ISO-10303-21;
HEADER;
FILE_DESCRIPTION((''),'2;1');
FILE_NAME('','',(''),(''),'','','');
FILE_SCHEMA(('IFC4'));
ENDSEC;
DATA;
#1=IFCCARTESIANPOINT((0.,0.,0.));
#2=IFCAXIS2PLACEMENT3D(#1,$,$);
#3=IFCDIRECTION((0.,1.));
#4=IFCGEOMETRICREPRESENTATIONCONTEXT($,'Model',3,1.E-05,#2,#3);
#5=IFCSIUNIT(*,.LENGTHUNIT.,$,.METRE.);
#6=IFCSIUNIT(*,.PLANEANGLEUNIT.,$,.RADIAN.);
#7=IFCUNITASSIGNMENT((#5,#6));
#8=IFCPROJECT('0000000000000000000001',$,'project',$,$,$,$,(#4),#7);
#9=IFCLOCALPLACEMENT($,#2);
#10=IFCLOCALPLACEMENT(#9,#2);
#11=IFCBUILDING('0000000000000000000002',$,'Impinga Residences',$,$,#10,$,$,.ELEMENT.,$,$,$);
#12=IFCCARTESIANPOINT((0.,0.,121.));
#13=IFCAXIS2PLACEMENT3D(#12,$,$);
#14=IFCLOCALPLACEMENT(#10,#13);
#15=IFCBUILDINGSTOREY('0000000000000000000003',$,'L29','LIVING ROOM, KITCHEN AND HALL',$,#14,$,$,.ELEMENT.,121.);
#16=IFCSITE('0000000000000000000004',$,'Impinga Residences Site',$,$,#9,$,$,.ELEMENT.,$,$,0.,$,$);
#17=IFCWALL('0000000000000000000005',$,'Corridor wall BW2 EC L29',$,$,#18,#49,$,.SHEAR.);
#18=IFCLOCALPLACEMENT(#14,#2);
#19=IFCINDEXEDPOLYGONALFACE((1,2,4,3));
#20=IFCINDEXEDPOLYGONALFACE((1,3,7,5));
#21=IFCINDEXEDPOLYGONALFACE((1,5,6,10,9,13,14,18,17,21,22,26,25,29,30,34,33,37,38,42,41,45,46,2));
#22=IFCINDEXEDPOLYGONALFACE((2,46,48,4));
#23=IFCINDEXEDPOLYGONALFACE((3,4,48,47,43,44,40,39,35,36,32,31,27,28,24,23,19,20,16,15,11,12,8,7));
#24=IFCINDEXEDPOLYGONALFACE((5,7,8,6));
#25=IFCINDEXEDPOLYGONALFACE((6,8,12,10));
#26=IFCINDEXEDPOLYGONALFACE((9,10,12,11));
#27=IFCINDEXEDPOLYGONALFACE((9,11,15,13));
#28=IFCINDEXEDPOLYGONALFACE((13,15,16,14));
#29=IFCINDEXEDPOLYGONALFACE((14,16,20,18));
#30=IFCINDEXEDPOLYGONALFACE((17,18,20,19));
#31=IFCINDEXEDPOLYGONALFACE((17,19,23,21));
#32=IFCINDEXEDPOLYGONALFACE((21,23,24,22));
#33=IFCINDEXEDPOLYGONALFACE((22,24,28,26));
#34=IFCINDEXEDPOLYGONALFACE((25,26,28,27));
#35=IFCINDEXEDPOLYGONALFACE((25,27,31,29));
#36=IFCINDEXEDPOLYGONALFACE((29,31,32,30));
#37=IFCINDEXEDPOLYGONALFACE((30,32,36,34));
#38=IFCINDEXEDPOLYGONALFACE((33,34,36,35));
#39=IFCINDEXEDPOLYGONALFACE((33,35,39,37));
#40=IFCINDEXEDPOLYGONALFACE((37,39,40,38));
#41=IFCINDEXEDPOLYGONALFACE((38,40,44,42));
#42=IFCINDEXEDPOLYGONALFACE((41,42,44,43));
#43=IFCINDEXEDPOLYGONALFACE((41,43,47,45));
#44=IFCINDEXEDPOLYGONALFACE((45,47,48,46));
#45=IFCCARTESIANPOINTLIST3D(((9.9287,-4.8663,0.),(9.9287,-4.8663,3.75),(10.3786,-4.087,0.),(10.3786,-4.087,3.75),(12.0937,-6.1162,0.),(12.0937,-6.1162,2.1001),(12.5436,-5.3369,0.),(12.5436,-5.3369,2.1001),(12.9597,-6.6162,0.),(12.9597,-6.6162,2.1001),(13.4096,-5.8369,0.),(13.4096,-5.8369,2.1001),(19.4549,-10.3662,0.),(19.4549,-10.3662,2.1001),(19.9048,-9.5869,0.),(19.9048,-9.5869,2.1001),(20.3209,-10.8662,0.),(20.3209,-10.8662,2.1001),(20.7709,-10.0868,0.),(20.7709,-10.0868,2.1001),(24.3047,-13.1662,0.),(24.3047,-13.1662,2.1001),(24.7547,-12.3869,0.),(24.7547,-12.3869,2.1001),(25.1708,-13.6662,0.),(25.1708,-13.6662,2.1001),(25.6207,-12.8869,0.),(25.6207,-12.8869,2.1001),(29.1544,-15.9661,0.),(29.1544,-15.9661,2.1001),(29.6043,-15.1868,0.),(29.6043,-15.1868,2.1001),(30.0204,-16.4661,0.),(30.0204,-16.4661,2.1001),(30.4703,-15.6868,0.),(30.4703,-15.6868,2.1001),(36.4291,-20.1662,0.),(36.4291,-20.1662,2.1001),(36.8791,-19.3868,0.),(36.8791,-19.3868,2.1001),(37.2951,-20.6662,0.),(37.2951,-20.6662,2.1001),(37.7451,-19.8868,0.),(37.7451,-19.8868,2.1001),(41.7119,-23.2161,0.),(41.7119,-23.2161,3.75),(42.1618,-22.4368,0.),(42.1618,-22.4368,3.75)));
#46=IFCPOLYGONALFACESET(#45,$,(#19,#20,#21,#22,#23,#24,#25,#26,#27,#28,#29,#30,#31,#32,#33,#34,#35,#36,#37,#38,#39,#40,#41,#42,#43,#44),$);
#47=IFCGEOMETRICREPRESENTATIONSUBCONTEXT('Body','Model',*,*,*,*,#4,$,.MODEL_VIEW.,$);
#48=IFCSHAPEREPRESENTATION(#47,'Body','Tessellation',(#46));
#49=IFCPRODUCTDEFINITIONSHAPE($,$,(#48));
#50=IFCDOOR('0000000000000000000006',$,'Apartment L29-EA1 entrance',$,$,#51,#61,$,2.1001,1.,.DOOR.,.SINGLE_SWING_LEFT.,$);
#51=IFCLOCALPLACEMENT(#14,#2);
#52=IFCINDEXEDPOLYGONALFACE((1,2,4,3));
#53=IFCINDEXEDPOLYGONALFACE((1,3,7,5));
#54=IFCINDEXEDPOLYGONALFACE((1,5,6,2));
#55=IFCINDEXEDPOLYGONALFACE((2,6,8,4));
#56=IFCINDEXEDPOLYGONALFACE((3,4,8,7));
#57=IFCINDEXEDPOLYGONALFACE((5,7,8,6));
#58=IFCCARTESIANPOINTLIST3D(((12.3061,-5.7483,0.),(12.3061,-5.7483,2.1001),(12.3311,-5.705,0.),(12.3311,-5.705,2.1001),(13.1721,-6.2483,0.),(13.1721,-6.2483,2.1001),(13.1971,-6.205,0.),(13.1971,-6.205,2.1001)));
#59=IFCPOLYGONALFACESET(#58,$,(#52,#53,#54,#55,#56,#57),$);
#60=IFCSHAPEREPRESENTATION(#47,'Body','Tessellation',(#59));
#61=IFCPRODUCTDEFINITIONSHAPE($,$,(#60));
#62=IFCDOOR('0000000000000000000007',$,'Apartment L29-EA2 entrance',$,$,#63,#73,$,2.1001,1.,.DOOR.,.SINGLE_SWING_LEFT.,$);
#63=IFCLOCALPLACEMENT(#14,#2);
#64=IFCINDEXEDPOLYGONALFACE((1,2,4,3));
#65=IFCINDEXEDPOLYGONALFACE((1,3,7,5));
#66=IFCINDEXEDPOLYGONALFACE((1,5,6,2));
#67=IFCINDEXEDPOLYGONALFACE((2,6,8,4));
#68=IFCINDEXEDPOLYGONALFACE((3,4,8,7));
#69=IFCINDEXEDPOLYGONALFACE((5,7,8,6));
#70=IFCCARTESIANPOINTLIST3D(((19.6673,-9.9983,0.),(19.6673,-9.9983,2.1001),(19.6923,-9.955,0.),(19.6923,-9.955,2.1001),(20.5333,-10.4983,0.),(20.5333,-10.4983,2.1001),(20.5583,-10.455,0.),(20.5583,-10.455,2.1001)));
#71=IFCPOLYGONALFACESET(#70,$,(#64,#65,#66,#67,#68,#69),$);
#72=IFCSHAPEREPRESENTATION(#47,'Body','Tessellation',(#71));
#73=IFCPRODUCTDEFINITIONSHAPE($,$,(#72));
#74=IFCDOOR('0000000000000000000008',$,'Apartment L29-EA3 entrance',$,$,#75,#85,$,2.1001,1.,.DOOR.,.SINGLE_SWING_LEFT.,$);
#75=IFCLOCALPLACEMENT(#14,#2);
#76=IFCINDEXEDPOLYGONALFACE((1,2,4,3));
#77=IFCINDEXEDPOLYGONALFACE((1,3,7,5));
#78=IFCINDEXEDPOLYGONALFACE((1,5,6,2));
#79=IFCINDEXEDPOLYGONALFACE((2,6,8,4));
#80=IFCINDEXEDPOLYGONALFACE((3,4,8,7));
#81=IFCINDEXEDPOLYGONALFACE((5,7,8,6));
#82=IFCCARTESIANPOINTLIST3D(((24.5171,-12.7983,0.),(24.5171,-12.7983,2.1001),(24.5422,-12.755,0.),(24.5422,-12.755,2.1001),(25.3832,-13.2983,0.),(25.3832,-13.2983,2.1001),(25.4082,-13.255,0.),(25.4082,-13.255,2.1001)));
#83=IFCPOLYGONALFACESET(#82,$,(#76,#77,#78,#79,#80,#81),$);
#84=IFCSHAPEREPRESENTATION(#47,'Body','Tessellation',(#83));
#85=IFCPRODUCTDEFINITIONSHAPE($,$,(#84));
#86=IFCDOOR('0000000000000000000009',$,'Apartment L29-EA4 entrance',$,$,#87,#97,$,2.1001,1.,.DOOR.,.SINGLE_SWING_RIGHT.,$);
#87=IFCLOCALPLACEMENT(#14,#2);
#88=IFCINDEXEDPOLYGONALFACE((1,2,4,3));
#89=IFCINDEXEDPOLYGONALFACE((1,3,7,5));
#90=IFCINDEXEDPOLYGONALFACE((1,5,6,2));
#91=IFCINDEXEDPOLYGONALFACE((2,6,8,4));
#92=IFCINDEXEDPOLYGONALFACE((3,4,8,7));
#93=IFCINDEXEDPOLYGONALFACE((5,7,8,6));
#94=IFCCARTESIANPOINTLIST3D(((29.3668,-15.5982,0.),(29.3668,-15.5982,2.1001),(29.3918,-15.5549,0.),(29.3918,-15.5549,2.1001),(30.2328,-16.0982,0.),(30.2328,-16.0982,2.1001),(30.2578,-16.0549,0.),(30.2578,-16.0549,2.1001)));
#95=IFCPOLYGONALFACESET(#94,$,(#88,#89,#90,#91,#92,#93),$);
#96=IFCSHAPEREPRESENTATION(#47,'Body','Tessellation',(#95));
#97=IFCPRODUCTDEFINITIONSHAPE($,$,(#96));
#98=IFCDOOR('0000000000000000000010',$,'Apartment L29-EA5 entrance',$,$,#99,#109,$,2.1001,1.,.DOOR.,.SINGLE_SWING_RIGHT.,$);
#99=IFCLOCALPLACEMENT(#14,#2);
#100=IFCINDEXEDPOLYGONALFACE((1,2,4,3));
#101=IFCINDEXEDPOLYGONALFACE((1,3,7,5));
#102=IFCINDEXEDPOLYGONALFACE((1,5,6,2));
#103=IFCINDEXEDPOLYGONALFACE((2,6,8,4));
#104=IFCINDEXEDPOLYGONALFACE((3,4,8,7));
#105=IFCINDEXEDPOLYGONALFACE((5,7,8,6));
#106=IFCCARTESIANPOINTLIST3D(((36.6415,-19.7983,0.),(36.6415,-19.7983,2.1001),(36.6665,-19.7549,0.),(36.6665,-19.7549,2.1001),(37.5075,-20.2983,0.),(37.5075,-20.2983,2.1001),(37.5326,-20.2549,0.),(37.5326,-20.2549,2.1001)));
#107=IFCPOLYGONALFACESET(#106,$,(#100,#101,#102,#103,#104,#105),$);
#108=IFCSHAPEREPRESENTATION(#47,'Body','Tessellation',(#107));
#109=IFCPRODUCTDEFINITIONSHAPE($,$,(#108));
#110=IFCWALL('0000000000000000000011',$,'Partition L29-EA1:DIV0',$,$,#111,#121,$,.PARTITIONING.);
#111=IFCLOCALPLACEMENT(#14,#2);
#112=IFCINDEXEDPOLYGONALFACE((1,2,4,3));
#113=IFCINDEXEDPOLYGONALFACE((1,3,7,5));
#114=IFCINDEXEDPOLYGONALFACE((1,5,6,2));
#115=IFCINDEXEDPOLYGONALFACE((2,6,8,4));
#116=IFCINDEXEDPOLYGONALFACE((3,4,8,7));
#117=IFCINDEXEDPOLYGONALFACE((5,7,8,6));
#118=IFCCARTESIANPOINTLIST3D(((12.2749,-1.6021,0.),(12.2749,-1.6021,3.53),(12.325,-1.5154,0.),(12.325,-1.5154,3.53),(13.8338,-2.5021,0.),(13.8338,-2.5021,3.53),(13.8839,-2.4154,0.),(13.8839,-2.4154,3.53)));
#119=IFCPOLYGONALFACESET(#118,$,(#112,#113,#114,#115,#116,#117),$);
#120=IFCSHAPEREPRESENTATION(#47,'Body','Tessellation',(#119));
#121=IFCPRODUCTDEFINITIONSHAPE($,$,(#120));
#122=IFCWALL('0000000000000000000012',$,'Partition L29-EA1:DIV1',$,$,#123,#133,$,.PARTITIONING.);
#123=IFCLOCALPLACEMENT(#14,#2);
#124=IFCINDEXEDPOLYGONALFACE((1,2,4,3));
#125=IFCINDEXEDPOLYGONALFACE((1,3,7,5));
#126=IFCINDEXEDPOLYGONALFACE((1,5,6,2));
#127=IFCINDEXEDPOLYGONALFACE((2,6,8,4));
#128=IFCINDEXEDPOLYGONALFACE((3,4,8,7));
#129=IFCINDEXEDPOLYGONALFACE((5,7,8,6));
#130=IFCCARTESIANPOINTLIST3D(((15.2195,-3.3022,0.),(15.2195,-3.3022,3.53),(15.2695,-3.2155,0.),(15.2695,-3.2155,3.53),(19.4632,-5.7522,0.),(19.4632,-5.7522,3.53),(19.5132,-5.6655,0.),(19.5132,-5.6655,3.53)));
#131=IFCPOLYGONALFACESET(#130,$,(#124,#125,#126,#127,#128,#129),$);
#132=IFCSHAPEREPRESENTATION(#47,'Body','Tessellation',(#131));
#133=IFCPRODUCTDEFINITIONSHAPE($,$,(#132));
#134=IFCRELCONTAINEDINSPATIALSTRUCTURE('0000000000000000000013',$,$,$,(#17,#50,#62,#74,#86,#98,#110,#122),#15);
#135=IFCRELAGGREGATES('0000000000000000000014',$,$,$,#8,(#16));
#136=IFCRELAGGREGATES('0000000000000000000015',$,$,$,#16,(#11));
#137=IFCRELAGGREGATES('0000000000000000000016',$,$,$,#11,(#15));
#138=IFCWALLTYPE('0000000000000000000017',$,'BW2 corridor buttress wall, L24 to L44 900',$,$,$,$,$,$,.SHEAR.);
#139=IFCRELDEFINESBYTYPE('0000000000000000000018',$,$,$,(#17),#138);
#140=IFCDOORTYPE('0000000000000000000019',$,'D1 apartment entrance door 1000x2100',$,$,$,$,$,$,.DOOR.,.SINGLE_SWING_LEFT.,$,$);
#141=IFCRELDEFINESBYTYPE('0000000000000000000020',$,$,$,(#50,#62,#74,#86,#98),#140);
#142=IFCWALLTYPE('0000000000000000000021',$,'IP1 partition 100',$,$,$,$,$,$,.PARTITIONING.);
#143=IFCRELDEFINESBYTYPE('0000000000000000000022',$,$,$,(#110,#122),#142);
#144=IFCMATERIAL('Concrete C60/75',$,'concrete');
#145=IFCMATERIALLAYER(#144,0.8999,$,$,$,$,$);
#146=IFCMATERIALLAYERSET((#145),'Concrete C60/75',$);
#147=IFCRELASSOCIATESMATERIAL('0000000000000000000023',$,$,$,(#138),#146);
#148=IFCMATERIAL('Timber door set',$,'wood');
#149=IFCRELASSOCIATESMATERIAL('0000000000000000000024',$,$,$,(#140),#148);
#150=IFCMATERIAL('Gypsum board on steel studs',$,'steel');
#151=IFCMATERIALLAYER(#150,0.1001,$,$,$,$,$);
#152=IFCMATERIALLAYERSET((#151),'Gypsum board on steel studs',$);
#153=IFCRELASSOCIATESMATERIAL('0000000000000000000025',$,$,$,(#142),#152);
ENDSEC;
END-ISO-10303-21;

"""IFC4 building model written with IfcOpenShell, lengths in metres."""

from ifc_helpers import new_model, si_unit, direction, frame, frame_2d, origin, place, context, subcontext, project, spatial, rectangle, extrude, material, layer, layer_set, type_object, element, fill, save


model = new_model("IFC4")

# Units and contexts
model_context = context("Model", 3, precision=1e-05, world=origin(), true_north=direction((0.0, 1.0)))
body_context = subcontext(model_context, "Body", "Model", "MODEL_VIEW")
ifc_project = project(units=[si_unit("LENGTHUNIT", "METRE"), si_unit("PLANEANGLEUNIT", "RADIAN")], contexts=[model_context])

# Site, building, storey
site_placement = place(None, origin())
site = spatial("IfcSite", under=ifc_project, at=site_placement, Name="Impinga Residences Site", CompositionType="ELEMENT", RefElevation=0.0)
building_placement = place(site_placement, origin())
building = spatial("IfcBuilding", under=site, at=building_placement, Name="Impinga Residences", CompositionType="ELEMENT")
storey_placement = place(building_placement, frame((0.0, 0.0, 121.0)))
storey = spatial("IfcBuildingStorey", under=building, at=storey_placement, Name="L29", Description="LIVING ROOM, KITCHEN AND HALL", CompositionType="ELEMENT", Elevation=121.0)

# Wall, openings, doors
ifc_material_1 = material(Name="Concrete C60/75", Category="concrete")
ifc_layer_1 = layer(ifc_material_1, 0.8999)
ifc_layer_set_1 = layer_set([ifc_layer_1], Name="Concrete C60/75")
wall_type_1 = type_object("IfcWallType", Name="BW2 corridor buttress wall, L24 to L44 900", PredefinedType="SHEAR", material=ifc_layer_set_1)
wall_1_placement = place(storey_placement, frame((10.1536, -4.4766, 0.0), z_axis=(0.0, 0.0, 1.0), x_axis=(0.866028, -0.499996, 0.0)))
wall_1 = element("IfcWall", 1, at=wall_1_placement, inside=storey, type_object=wall_type_1, Name="Corridor wall BW2 EC L29", PredefinedType="SHEAR", context=body_context, shape_type="SweptSolid", body=[
    extrude(rectangle(XDim=36.7, YDim=0.8999, at=frame_2d((18.3501, 0.0))), origin(), (0.0, 0.0, 1.0), 3.75),
])
opening_1_placement = place(wall_1_placement, frame((2.5, 0.0, 0.0)))
opening_1 = element("IfcOpeningElement", 2, at=opening_1_placement, cuts=wall_1, PredefinedType="OPENING", context=body_context, shape_type="SweptSolid", body=[
    extrude(rectangle(XDim=1.0, YDim=2.1001, at=frame_2d((0.5, 1.05))), frame((0.0, 0.46, 0.0), z_axis=(0.0, -1.0, 0.0), x_axis=(1.0, 0.0, 0.0)), (0.0, 0.0, 1.0), 0.9199),
])
opening_2_placement = place(wall_1_placement, frame((11.0, 0.0, 0.0)))
opening_2 = element("IfcOpeningElement", 3, at=opening_2_placement, cuts=wall_1, PredefinedType="OPENING", context=body_context, shape_type="SweptSolid", body=[
    extrude(rectangle(XDim=1.0, YDim=2.1001, at=frame_2d((0.5, 1.05))), frame((0.0, 0.46, 0.0), z_axis=(0.0, -1.0, 0.0), x_axis=(1.0, 0.0, 0.0)), (0.0, 0.0, 1.0), 0.9199),
])
opening_3_placement = place(wall_1_placement, frame((16.6001, 0.0, 0.0)))
opening_3 = element("IfcOpeningElement", 4, at=opening_3_placement, cuts=wall_1, PredefinedType="OPENING", context=body_context, shape_type="SweptSolid", body=[
    extrude(rectangle(XDim=1.0, YDim=2.1001, at=frame_2d((0.5, 1.05))), frame((0.0, 0.46, 0.0), z_axis=(0.0, -1.0, 0.0), x_axis=(1.0, 0.0, 0.0)), (0.0, 0.0, 1.0), 0.9199),
])
opening_4_placement = place(wall_1_placement, frame((22.2, 0.0, 0.0)))
opening_4 = element("IfcOpeningElement", 5, at=opening_4_placement, cuts=wall_1, PredefinedType="OPENING", context=body_context, shape_type="SweptSolid", body=[
    extrude(rectangle(XDim=1.0, YDim=2.1001, at=frame_2d((0.5, 1.05))), frame((0.0, 0.46, 0.0), z_axis=(0.0, -1.0, 0.0), x_axis=(1.0, 0.0, 0.0)), (0.0, 0.0, 1.0), 0.9199),
])
opening_5_placement = place(wall_1_placement, frame((30.6001, 0.0, 0.0)))
opening_5 = element("IfcOpeningElement", 6, at=opening_5_placement, cuts=wall_1, PredefinedType="OPENING", context=body_context, shape_type="SweptSolid", body=[
    extrude(rectangle(XDim=1.0, YDim=2.1001, at=frame_2d((0.5, 1.05))), frame((0.0, 0.46, 0.0), z_axis=(0.0, -1.0, 0.0), x_axis=(1.0, 0.0, 0.0)), (0.0, 0.0, 1.0), 0.9199),
])
ifc_material_2 = material(Name="Timber door set", Category="wood")
door_type_1 = type_object("IfcDoorType", Name="D1 apartment entrance door 1000x2100", OperationType="SINGLE_SWING_LEFT", PredefinedType="DOOR", material=ifc_material_2)
door_1_placement = place(opening_1_placement, origin())
door_1 = element("IfcDoor", 7, at=door_1_placement, inside=storey, type_object=door_type_1, Name="Apartment L29-EA1 entrance", OperationType="SINGLE_SWING_LEFT", OverallHeight=2.1001, OverallWidth=1.0, PredefinedType="DOOR", context=body_context, shape_type="SweptSolid", body=[
    extrude(rectangle(XDim=1.0, YDim=2.1001, at=frame_2d((0.5, 1.05))), frame((0.0, 0.0249, 0.0), z_axis=(0.0, -1.0, 0.0), x_axis=(1.0, 0.0, 0.0)), (0.0, 0.0, 1.0), 0.05),
])
fill(opening_1, door_1)
door_2_placement = place(opening_2_placement, origin())
door_2 = element("IfcDoor", 8, at=door_2_placement, inside=storey, type_object=door_type_1, Name="Apartment L29-EA2 entrance", OperationType="SINGLE_SWING_LEFT", OverallHeight=2.1001, OverallWidth=1.0, PredefinedType="DOOR", context=body_context, shape_type="SweptSolid", body=[
    extrude(rectangle(XDim=1.0, YDim=2.1001, at=frame_2d((0.5, 1.05))), frame((0.0, 0.0249, 0.0), z_axis=(0.0, -1.0, 0.0), x_axis=(1.0, 0.0, 0.0)), (0.0, 0.0, 1.0), 0.05),
])
fill(opening_2, door_2)
door_3_placement = place(opening_3_placement, origin())
door_3 = element("IfcDoor", 9, at=door_3_placement, inside=storey, type_object=door_type_1, Name="Apartment L29-EA3 entrance", OperationType="SINGLE_SWING_LEFT", OverallHeight=2.1001, OverallWidth=1.0, PredefinedType="DOOR", context=body_context, shape_type="SweptSolid", body=[
    extrude(rectangle(XDim=1.0, YDim=2.1001, at=frame_2d((0.5, 1.05))), frame((0.0, 0.0249, 0.0), z_axis=(0.0, -1.0, 0.0), x_axis=(1.0, 0.0, 0.0)), (0.0, 0.0, 1.0), 0.05),
])
fill(opening_3, door_3)
door_4_placement = place(opening_4_placement, origin())
door_4 = element("IfcDoor", 10, at=door_4_placement, inside=storey, type_object=door_type_1, Name="Apartment L29-EA4 entrance", OperationType="SINGLE_SWING_RIGHT", OverallHeight=2.1001, OverallWidth=1.0, PredefinedType="DOOR", context=body_context, shape_type="SweptSolid", body=[
    extrude(rectangle(XDim=1.0, YDim=2.1001, at=frame_2d((0.5, 1.05))), frame((0.0, 0.0249, 0.0), z_axis=(0.0, -1.0, 0.0), x_axis=(1.0, 0.0, 0.0)), (0.0, 0.0, 1.0), 0.05),
])
fill(opening_4, door_4)
door_5_placement = place(opening_5_placement, origin())
door_5 = element("IfcDoor", 11, at=door_5_placement, inside=storey, type_object=door_type_1, Name="Apartment L29-EA5 entrance", OperationType="SINGLE_SWING_RIGHT", OverallHeight=2.1001, OverallWidth=1.0, PredefinedType="DOOR", context=body_context, shape_type="SweptSolid", body=[
    extrude(rectangle(XDim=1.0, YDim=2.1001, at=frame_2d((0.5, 1.05))), frame((0.0, 0.0249, 0.0), z_axis=(0.0, -1.0, 0.0), x_axis=(1.0, 0.0, 0.0)), (0.0, 0.0, 1.0), 0.05),
])
fill(opening_5, door_5)

# Walls
ifc_material_3 = material(Name="Gypsum board on steel studs", Category="steel")
ifc_layer_2 = layer(ifc_material_3, 0.1001)
ifc_layer_set_2 = layer_set([ifc_layer_2], Name="Gypsum board on steel studs")
wall_type_2 = type_object("IfcWallType", Name="IP1 partition 100", PredefinedType="PARTITIONING", material=ifc_layer_set_2)
wall_2_placement = place(storey_placement, frame((12.3, -1.5588, 0.0), z_axis=(0.0, 0.0, 1.0), x_axis=(0.866048, -0.499961, 0.0)))
element("IfcWall", 12, at=wall_2_placement, inside=storey, type_object=wall_type_2, Name="Partition L29-EA1:DIV0", PredefinedType="PARTITIONING", context=body_context, shape_type="SweptSolid", body=[
    extrude(rectangle(XDim=1.8, YDim=0.1001, at=frame_2d((0.8999, 0.0))), origin(), (0.0, 0.0, 1.0), 3.53),
])
wall_3_placement = place(storey_placement, frame((15.2444, -3.2588, 0.0), z_axis=(0.0, 0.0, 1.0), x_axis=(0.866036, -0.499981, 0.0)))
element("IfcWall", 13, at=wall_3_placement, inside=storey, type_object=wall_type_2, Name="Partition L29-EA1:DIV1", PredefinedType="PARTITIONING", context=body_context, shape_type="SweptSolid", body=[
    extrude(rectangle(XDim=4.9001, YDim=0.1001, at=frame_2d((2.4502, 0.0))), origin(), (0.0, 0.0, 1.0), 3.53),
])

save(model, "model.ifc")
